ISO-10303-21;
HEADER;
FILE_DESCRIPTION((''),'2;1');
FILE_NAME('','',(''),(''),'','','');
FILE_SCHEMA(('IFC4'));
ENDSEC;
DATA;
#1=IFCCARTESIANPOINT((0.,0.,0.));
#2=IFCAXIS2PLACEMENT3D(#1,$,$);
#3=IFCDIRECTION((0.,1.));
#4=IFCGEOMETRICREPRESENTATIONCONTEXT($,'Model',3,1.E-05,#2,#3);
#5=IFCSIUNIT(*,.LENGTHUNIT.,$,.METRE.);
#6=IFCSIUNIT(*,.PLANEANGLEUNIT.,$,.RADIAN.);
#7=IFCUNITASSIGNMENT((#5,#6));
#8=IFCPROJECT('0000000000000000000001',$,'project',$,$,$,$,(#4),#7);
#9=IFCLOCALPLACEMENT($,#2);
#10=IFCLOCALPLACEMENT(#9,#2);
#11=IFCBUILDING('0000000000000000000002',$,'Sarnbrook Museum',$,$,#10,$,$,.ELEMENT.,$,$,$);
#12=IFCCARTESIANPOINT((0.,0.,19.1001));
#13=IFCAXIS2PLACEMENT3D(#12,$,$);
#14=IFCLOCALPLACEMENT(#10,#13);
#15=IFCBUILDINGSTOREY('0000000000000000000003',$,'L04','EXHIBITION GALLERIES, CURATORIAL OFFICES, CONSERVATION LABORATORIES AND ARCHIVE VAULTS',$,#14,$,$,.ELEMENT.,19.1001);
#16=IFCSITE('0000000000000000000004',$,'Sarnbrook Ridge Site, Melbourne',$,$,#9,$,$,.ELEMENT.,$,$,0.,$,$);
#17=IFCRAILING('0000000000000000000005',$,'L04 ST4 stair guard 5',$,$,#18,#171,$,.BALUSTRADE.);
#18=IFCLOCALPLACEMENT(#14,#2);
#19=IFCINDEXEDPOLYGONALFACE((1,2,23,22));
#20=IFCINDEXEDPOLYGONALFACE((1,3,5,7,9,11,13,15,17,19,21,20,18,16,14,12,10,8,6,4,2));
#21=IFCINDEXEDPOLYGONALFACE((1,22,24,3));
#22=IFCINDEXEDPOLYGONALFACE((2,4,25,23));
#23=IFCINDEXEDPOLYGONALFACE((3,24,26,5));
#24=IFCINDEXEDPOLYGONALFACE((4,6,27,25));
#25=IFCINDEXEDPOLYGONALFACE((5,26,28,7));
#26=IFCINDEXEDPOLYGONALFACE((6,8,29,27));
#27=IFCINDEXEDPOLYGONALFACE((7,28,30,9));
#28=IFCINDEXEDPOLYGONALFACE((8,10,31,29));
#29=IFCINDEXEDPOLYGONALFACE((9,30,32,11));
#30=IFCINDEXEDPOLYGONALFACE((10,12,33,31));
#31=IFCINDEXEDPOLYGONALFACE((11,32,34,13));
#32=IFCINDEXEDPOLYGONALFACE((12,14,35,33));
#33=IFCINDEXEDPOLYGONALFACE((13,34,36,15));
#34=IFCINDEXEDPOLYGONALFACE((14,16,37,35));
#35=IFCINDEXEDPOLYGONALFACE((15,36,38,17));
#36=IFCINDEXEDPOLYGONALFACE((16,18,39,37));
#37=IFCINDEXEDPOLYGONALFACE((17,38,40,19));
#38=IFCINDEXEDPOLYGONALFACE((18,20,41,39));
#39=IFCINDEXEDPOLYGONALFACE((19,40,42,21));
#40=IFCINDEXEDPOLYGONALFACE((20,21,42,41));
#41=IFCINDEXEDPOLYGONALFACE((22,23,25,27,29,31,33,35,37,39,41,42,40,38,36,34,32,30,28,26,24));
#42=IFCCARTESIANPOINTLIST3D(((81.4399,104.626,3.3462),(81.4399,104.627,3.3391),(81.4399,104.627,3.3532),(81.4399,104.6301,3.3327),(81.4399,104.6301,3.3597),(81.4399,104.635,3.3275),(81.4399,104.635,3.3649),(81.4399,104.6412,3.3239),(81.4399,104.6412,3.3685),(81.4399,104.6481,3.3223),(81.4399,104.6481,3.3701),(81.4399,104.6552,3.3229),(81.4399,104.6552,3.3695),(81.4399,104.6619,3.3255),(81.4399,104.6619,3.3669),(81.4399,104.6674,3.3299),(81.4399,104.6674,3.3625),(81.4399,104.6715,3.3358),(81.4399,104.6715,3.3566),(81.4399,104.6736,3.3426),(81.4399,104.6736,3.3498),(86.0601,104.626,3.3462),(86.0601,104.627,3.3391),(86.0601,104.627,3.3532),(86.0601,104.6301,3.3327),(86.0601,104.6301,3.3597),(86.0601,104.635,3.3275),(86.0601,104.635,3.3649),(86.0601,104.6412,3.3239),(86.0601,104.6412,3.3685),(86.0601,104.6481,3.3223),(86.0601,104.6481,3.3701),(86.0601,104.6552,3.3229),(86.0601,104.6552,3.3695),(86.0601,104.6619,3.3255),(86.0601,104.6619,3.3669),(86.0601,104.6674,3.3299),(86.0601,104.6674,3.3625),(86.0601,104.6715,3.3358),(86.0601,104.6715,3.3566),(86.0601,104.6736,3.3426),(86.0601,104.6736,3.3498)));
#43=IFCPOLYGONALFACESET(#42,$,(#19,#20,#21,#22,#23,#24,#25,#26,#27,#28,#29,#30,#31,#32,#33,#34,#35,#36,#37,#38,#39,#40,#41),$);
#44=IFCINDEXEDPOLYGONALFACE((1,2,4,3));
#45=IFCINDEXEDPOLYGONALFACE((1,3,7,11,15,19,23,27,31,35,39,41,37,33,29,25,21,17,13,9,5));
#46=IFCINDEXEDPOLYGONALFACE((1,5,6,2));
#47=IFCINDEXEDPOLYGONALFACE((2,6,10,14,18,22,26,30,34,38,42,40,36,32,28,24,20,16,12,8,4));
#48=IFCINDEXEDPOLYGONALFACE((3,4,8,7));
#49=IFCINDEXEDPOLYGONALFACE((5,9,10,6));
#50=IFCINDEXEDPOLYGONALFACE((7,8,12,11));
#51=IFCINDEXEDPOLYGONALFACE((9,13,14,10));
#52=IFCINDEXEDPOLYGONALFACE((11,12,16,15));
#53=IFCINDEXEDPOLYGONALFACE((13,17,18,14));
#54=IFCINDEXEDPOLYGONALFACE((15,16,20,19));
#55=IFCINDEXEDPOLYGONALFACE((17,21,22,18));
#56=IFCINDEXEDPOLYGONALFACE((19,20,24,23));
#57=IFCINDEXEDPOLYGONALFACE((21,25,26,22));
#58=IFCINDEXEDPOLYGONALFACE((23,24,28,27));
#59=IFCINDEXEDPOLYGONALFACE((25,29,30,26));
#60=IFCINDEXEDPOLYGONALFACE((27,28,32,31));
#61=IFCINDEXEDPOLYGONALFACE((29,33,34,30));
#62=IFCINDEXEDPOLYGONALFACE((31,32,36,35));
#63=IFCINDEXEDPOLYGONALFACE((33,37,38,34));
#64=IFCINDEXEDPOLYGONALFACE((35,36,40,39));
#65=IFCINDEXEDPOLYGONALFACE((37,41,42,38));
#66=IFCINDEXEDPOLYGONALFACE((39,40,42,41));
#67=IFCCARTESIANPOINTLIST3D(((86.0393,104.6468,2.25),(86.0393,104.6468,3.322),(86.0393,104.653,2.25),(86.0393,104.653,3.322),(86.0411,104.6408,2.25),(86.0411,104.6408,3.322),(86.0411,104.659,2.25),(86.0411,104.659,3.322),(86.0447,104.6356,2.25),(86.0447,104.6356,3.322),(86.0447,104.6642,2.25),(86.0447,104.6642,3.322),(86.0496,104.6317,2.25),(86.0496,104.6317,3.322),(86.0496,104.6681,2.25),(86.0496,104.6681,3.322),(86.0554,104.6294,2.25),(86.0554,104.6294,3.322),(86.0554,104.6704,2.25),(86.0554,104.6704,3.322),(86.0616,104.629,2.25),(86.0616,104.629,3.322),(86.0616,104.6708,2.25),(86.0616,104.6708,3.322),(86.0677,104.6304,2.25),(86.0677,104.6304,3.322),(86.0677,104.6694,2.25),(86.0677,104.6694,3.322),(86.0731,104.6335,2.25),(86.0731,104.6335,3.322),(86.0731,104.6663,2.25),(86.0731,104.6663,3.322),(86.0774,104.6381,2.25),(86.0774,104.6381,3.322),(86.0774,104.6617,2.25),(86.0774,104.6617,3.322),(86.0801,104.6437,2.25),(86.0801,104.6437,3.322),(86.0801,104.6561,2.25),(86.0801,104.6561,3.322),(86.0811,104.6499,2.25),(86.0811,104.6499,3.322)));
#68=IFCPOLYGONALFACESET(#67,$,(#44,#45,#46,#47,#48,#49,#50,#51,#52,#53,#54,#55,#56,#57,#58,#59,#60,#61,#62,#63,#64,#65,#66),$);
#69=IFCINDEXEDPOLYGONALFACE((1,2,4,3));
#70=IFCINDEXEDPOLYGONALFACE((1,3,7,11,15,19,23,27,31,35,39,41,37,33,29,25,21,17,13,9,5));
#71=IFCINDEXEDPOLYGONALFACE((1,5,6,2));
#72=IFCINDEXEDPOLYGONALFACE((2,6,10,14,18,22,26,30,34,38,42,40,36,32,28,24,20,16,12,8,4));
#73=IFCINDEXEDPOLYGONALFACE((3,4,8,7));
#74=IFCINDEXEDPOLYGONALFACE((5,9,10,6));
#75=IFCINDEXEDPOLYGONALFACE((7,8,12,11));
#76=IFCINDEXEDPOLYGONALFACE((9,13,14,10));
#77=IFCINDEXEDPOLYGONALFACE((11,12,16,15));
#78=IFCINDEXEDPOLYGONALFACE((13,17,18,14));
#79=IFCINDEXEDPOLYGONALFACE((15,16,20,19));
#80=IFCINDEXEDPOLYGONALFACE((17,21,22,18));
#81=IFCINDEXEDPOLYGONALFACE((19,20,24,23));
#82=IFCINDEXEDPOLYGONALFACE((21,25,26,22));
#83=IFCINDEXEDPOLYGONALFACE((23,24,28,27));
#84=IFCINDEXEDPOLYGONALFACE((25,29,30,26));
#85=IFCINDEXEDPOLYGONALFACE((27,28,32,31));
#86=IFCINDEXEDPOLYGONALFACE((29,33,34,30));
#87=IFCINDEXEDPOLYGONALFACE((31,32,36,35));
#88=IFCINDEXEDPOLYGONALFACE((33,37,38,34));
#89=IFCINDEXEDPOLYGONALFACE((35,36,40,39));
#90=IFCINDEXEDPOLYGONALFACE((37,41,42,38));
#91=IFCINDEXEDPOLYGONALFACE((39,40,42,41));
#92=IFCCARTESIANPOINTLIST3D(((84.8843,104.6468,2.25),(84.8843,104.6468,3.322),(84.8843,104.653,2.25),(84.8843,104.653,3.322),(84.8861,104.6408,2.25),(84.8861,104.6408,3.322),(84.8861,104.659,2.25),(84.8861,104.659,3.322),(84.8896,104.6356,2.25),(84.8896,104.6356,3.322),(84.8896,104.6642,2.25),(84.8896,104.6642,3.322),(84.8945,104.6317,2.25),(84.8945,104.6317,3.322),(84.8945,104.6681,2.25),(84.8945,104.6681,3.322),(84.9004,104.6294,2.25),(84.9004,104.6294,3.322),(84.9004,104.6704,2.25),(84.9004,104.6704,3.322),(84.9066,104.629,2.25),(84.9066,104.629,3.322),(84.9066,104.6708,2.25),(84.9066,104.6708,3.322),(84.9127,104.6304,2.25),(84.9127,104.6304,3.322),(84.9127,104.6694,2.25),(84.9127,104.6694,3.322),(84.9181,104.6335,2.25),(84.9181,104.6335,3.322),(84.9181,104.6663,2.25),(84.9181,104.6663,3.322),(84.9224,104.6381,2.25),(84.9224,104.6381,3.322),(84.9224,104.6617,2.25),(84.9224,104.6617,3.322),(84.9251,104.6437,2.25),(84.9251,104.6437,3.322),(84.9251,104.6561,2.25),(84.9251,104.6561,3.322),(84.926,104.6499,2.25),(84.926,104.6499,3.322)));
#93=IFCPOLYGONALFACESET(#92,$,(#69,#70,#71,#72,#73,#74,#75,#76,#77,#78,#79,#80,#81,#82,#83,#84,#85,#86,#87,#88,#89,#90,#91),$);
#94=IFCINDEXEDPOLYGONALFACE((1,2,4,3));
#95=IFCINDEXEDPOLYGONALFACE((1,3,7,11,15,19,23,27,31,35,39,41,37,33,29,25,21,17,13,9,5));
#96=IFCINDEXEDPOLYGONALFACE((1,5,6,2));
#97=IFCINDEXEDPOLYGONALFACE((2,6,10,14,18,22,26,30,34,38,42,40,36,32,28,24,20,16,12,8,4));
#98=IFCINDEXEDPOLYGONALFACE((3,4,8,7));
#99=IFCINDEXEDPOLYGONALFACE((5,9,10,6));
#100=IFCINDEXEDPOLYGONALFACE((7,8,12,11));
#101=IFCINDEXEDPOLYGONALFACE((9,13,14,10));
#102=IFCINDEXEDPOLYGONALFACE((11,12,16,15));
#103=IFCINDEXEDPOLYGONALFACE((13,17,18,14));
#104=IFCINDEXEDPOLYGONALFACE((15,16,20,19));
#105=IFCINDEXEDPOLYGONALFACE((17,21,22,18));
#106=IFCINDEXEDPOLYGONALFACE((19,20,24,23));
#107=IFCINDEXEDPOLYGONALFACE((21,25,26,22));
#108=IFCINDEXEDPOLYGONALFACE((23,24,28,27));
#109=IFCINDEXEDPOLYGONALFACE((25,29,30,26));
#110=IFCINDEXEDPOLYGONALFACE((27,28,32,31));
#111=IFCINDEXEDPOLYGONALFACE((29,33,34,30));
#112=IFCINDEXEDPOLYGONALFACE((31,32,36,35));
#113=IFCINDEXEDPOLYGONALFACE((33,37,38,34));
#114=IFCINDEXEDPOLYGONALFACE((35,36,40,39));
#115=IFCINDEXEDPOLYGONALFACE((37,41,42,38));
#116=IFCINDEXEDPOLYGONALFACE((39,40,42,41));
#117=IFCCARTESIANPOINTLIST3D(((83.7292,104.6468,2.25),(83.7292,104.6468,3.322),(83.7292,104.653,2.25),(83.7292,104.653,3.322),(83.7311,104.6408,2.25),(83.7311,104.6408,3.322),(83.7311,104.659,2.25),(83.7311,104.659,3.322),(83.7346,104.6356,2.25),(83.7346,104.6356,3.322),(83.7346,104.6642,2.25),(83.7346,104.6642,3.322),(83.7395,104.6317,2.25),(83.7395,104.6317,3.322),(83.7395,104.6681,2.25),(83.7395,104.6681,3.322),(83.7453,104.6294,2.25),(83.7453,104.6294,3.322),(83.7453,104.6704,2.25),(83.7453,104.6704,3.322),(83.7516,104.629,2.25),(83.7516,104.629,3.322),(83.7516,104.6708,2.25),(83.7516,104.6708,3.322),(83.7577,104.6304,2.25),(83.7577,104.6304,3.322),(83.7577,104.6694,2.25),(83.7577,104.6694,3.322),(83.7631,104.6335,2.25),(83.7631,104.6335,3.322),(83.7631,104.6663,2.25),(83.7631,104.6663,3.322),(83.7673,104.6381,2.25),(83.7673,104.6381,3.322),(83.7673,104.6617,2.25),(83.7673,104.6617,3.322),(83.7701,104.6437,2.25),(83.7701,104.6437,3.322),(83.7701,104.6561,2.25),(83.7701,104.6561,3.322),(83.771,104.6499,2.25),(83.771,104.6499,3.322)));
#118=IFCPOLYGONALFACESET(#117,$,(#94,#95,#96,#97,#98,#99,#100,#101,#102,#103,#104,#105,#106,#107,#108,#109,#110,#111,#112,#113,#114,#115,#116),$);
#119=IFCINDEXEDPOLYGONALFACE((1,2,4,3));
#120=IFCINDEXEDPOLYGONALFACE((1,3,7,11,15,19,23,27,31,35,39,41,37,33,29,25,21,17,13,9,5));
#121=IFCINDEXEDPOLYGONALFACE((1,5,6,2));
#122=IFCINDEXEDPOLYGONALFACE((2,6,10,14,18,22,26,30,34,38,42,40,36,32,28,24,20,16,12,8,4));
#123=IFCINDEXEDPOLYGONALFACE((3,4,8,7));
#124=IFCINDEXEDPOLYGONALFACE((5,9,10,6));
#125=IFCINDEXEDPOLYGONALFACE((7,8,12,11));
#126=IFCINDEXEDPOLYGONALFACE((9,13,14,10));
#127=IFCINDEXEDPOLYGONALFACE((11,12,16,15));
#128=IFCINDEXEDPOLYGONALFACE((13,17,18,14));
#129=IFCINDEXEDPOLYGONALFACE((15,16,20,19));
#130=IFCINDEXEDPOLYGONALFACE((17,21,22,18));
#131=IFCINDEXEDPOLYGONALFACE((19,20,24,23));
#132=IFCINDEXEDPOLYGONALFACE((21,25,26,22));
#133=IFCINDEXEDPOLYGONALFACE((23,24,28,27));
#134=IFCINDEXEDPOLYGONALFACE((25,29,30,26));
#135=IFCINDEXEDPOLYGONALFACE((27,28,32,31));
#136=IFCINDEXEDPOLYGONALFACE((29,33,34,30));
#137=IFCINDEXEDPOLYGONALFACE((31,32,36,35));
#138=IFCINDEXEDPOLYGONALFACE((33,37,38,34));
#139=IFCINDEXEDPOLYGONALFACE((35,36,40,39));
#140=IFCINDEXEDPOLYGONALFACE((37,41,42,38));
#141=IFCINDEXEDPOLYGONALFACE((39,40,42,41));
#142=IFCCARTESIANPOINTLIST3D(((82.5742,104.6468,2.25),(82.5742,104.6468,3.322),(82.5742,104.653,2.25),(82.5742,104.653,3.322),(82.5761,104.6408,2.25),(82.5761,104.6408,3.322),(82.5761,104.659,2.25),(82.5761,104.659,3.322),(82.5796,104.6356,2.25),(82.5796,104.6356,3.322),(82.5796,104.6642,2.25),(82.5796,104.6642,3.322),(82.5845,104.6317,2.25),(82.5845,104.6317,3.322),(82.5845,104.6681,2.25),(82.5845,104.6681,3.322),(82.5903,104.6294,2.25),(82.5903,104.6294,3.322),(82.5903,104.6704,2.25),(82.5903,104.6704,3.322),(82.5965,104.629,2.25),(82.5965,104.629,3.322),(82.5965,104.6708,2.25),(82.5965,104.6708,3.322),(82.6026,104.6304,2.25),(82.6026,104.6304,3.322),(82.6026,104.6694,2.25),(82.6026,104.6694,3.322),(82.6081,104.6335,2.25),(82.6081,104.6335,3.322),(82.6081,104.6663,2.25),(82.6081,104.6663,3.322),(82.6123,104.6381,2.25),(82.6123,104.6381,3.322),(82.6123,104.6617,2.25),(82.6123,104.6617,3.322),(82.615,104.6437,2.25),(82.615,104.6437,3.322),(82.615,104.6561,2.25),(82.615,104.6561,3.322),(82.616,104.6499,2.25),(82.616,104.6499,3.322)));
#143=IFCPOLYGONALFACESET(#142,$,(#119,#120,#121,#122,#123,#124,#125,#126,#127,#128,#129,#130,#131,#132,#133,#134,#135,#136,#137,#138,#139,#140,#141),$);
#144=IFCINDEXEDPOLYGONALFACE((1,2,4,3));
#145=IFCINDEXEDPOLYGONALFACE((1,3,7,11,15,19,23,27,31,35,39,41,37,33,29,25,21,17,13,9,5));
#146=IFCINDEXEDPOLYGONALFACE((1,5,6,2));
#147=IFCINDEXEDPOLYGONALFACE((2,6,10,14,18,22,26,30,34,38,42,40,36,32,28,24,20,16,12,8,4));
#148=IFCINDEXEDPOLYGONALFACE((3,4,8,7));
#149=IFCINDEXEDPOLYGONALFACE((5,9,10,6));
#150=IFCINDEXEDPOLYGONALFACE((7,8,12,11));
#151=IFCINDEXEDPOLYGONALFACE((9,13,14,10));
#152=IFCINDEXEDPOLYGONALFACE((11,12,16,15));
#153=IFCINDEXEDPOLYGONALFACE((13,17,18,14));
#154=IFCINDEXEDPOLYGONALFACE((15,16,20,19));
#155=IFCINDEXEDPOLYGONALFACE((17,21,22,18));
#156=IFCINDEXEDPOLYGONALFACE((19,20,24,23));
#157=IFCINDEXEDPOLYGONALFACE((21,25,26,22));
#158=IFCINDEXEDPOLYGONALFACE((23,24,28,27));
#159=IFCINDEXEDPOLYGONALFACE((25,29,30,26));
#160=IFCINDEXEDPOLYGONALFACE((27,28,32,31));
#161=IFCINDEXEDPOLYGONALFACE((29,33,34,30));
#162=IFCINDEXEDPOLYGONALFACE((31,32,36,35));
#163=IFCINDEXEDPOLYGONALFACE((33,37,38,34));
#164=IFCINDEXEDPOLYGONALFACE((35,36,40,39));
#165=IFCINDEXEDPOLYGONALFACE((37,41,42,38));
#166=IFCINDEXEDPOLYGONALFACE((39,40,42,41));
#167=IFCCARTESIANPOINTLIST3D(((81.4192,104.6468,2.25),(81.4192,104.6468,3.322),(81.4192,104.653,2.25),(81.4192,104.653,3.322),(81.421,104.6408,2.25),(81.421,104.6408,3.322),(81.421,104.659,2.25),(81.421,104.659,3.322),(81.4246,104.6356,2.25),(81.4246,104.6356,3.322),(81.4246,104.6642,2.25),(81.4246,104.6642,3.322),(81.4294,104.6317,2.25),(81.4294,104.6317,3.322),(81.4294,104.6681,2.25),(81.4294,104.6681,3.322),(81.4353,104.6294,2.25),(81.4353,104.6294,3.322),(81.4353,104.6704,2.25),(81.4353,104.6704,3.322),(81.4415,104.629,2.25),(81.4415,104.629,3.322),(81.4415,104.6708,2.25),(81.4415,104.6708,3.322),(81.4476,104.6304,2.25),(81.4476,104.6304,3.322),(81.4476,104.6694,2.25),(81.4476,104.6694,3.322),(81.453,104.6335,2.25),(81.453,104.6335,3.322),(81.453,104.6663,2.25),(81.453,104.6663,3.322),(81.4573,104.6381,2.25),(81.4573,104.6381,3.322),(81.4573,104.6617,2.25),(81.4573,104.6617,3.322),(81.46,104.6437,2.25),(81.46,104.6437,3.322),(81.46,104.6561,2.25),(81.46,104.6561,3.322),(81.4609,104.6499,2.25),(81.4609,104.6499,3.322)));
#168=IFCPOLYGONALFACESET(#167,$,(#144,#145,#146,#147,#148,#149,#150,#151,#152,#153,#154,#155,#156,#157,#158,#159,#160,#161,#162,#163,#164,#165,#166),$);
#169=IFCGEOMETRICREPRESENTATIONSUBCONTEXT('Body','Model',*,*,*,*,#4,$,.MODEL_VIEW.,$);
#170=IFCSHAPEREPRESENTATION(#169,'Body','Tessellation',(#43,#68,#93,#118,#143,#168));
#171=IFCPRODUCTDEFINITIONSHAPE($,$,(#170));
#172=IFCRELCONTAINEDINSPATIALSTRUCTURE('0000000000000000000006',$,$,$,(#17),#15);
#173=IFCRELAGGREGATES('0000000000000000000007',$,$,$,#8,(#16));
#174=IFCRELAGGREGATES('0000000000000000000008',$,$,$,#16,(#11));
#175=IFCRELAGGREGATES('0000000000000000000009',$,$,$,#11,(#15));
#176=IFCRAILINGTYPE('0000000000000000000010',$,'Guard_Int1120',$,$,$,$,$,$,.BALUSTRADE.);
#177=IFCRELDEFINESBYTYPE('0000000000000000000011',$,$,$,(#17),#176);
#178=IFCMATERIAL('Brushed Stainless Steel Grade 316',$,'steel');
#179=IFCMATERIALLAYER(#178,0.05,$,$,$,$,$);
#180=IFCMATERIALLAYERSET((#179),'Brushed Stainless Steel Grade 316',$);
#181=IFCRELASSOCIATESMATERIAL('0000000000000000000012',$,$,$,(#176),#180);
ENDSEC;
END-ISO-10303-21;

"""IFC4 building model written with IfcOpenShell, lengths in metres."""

from ifc_helpers import new_model, si_unit, direction, frame, origin, origin_2d, place, context, subcontext, project, spatial, circle, extrude, material, layer, layer_set, type_object, element, save


model = new_model("IFC4")

# Units and contexts
model_context = context("Model", 3, precision=1e-05, world=origin(), true_north=direction((0.0, 1.0)))
body_context = subcontext(model_context, "Body", "Model", "MODEL_VIEW")
ifc_project = project(units=[si_unit("LENGTHUNIT", "METRE"), si_unit("PLANEANGLEUNIT", "RADIAN")], contexts=[model_context])

# Site, building, storey
site_placement = place(None, origin())
site = spatial("IfcSite", under=ifc_project, at=site_placement, Name="Sarnbrook Ridge Site, Melbourne", CompositionType="ELEMENT", RefElevation=0.0)
building_placement = place(site_placement, origin())
building = spatial("IfcBuilding", under=site, at=building_placement, Name="Sarnbrook Museum", CompositionType="ELEMENT")
storey_placement = place(building_placement, frame((0.0, 0.0, 19.1001)))
storey = spatial("IfcBuildingStorey", under=building, at=storey_placement, Name="L04", Description="EXHIBITION GALLERIES, CURATORIAL OFFICES, CONSERVATION LABORATORIES AND ARCHIVE VAULTS", CompositionType="ELEMENT", Elevation=19.1001)

# Shared definitions
ifc_material_1 = material(Name="Brushed Stainless Steel Grade 316", Category="steel")

# Railing
ifc_layer_1 = layer(ifc_material_1, 0.05)
ifc_layer_set_1 = layer_set([ifc_layer_1], Name="Brushed Stainless Steel Grade 316")
railing_type = type_object("IfcRailingType", Name="Guard_Int1120", PredefinedType="BALUSTRADE", material=ifc_layer_set_1)
railing_1_placement = place(storey_placement, frame((86.0601, 104.6499, 2.25)))
element("IfcRailing", 1, at=railing_1_placement, inside=storey, type_object=railing_type, Name="L04 ST4 stair guard 5", PredefinedType="BALUSTRADE", context=body_context, shape_type="SweptSolid", body=[
    extrude(circle(Radius=0.0239, at=origin_2d()), frame((0.0, 0.0, 1.0962), z_axis=(-1.0, 0.0, 0.0), x_axis=(0.0, -1.0, 0.0)), (0.0, 0.0, 1.0), 4.6201),
    extrude(circle(Radius=0.021, at=origin_2d()), origin(), (0.0, 0.0, 1.0), 1.072),
    extrude(circle(Radius=0.021, at=origin_2d()), frame((-1.155, 0.0, 0.0)), (0.0, 0.0, 1.0), 1.072),
    extrude(circle(Radius=0.021, at=origin_2d()), frame((-2.3101, 0.0, 0.0)), (0.0, 0.0, 1.0), 1.072),
    extrude(circle(Radius=0.021, at=origin_2d()), frame((-3.4651, 0.0, 0.0)), (0.0, 0.0, 1.0), 1.072),
    extrude(circle(Radius=0.021, at=origin_2d()), frame((-4.6201, 0.0, 0.0)), (0.0, 0.0, 1.0), 1.072),
])

save(model, "model.ifc")
